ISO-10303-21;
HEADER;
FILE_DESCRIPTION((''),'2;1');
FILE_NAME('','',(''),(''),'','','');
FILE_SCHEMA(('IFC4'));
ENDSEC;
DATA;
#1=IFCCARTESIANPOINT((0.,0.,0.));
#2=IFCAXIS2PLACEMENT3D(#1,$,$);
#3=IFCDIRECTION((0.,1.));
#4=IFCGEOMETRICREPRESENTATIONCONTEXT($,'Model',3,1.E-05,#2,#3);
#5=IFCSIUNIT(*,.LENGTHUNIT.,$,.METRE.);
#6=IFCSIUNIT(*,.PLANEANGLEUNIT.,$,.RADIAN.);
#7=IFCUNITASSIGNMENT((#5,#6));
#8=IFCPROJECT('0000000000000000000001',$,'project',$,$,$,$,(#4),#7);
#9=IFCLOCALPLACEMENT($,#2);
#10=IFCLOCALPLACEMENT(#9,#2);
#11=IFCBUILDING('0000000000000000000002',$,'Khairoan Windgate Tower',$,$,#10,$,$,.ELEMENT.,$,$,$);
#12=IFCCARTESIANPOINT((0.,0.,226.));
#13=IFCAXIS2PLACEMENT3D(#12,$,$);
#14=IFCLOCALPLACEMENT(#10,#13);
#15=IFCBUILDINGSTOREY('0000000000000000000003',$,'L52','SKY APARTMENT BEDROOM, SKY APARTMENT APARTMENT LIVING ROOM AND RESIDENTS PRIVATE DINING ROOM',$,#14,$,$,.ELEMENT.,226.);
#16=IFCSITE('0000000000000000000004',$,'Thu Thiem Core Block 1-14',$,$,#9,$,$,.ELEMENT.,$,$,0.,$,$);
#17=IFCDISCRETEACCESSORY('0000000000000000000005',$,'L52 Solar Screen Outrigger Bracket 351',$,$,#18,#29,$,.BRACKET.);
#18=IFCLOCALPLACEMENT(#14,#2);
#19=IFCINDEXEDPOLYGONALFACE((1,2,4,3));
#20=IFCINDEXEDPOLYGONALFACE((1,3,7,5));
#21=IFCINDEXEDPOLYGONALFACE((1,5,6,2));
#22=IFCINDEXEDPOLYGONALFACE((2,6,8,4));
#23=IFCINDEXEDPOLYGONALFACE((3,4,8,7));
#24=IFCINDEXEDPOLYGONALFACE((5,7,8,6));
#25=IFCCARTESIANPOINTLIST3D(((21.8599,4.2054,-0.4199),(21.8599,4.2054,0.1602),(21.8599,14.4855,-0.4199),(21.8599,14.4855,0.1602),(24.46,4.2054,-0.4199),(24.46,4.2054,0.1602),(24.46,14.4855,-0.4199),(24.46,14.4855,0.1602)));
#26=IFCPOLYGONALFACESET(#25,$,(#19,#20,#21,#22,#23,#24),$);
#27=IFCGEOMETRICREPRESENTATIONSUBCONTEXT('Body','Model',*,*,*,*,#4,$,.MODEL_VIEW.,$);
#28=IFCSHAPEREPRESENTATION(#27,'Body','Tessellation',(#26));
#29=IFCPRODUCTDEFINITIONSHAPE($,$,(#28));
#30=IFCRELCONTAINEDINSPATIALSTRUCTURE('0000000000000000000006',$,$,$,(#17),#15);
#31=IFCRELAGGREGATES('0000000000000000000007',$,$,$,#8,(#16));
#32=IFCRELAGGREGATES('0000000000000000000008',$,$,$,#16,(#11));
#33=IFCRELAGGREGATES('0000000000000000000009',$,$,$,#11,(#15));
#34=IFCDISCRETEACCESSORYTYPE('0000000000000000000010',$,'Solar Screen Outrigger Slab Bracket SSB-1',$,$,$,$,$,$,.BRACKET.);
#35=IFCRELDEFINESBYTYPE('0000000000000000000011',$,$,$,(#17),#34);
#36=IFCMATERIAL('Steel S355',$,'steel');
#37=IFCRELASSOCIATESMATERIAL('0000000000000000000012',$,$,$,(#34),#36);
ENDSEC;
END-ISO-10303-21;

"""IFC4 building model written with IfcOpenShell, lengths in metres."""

from ifc_helpers import new_model, si_unit, direction, frame, origin, origin_2d, place, context, subcontext, project, spatial, rectangle, extrude, material, type_object, element, save


model = new_model("IFC4")

# Units and contexts
model_context = context("Model", 3, precision=1e-05, world=origin(), true_north=direction((0.0, 1.0)))
body_context = subcontext(model_context, "Body", "Model", "MODEL_VIEW")
ifc_project = project(units=[si_unit("LENGTHUNIT", "METRE"), si_unit("PLANEANGLEUNIT", "RADIAN")], contexts=[model_context])

# Site, building, storey
site_placement = place(None, origin())
site = spatial("IfcSite", under=ifc_project, at=site_placement, Name="Thu Thiem Core Block 1-14", CompositionType="ELEMENT", RefElevation=0.0)
building_placement = place(site_placement, origin())
building = spatial("IfcBuilding", under=site, at=building_placement, Name="Khairoan Windgate Tower", CompositionType="ELEMENT")
storey_placement = place(building_placement, frame((0.0, 0.0, 226.0)))
storey = spatial("IfcBuildingStorey", under=building, at=storey_placement, Name="L52", Description="SKY APARTMENT BEDROOM, SKY APARTMENT APARTMENT LIVING ROOM AND RESIDENTS PRIVATE DINING ROOM", CompositionType="ELEMENT", Elevation=226.0)

# Discrete accessory
ifc_material_1 = material(Name="Steel S355", Category="steel")
discrete_accessory_type = type_object("IfcDiscreteAccessoryType", Name="Solar Screen Outrigger Slab Bracket SSB-1", PredefinedType="BRACKET", material=ifc_material_1)
discrete_accessory_placement = place(storey_placement, frame((23.1599, 9.3455, -0.4199), z_axis=(0.0, 0.0, 1.0), x_axis=(0.0, -1.0, 0.0)))
element("IfcDiscreteAccessory", 1, at=discrete_accessory_placement, inside=storey, type_object=discrete_accessory_type, Name="L52 Solar Screen Outrigger Bracket 351", PredefinedType="BRACKET", context=body_context, shape_type="SweptSolid", body=[
    extrude(rectangle(XDim=10.28, YDim=2.6001, at=origin_2d()), origin(), (0.0, 0.0, 1.0), 0.5801),
])

save(model, "model.ifc")
